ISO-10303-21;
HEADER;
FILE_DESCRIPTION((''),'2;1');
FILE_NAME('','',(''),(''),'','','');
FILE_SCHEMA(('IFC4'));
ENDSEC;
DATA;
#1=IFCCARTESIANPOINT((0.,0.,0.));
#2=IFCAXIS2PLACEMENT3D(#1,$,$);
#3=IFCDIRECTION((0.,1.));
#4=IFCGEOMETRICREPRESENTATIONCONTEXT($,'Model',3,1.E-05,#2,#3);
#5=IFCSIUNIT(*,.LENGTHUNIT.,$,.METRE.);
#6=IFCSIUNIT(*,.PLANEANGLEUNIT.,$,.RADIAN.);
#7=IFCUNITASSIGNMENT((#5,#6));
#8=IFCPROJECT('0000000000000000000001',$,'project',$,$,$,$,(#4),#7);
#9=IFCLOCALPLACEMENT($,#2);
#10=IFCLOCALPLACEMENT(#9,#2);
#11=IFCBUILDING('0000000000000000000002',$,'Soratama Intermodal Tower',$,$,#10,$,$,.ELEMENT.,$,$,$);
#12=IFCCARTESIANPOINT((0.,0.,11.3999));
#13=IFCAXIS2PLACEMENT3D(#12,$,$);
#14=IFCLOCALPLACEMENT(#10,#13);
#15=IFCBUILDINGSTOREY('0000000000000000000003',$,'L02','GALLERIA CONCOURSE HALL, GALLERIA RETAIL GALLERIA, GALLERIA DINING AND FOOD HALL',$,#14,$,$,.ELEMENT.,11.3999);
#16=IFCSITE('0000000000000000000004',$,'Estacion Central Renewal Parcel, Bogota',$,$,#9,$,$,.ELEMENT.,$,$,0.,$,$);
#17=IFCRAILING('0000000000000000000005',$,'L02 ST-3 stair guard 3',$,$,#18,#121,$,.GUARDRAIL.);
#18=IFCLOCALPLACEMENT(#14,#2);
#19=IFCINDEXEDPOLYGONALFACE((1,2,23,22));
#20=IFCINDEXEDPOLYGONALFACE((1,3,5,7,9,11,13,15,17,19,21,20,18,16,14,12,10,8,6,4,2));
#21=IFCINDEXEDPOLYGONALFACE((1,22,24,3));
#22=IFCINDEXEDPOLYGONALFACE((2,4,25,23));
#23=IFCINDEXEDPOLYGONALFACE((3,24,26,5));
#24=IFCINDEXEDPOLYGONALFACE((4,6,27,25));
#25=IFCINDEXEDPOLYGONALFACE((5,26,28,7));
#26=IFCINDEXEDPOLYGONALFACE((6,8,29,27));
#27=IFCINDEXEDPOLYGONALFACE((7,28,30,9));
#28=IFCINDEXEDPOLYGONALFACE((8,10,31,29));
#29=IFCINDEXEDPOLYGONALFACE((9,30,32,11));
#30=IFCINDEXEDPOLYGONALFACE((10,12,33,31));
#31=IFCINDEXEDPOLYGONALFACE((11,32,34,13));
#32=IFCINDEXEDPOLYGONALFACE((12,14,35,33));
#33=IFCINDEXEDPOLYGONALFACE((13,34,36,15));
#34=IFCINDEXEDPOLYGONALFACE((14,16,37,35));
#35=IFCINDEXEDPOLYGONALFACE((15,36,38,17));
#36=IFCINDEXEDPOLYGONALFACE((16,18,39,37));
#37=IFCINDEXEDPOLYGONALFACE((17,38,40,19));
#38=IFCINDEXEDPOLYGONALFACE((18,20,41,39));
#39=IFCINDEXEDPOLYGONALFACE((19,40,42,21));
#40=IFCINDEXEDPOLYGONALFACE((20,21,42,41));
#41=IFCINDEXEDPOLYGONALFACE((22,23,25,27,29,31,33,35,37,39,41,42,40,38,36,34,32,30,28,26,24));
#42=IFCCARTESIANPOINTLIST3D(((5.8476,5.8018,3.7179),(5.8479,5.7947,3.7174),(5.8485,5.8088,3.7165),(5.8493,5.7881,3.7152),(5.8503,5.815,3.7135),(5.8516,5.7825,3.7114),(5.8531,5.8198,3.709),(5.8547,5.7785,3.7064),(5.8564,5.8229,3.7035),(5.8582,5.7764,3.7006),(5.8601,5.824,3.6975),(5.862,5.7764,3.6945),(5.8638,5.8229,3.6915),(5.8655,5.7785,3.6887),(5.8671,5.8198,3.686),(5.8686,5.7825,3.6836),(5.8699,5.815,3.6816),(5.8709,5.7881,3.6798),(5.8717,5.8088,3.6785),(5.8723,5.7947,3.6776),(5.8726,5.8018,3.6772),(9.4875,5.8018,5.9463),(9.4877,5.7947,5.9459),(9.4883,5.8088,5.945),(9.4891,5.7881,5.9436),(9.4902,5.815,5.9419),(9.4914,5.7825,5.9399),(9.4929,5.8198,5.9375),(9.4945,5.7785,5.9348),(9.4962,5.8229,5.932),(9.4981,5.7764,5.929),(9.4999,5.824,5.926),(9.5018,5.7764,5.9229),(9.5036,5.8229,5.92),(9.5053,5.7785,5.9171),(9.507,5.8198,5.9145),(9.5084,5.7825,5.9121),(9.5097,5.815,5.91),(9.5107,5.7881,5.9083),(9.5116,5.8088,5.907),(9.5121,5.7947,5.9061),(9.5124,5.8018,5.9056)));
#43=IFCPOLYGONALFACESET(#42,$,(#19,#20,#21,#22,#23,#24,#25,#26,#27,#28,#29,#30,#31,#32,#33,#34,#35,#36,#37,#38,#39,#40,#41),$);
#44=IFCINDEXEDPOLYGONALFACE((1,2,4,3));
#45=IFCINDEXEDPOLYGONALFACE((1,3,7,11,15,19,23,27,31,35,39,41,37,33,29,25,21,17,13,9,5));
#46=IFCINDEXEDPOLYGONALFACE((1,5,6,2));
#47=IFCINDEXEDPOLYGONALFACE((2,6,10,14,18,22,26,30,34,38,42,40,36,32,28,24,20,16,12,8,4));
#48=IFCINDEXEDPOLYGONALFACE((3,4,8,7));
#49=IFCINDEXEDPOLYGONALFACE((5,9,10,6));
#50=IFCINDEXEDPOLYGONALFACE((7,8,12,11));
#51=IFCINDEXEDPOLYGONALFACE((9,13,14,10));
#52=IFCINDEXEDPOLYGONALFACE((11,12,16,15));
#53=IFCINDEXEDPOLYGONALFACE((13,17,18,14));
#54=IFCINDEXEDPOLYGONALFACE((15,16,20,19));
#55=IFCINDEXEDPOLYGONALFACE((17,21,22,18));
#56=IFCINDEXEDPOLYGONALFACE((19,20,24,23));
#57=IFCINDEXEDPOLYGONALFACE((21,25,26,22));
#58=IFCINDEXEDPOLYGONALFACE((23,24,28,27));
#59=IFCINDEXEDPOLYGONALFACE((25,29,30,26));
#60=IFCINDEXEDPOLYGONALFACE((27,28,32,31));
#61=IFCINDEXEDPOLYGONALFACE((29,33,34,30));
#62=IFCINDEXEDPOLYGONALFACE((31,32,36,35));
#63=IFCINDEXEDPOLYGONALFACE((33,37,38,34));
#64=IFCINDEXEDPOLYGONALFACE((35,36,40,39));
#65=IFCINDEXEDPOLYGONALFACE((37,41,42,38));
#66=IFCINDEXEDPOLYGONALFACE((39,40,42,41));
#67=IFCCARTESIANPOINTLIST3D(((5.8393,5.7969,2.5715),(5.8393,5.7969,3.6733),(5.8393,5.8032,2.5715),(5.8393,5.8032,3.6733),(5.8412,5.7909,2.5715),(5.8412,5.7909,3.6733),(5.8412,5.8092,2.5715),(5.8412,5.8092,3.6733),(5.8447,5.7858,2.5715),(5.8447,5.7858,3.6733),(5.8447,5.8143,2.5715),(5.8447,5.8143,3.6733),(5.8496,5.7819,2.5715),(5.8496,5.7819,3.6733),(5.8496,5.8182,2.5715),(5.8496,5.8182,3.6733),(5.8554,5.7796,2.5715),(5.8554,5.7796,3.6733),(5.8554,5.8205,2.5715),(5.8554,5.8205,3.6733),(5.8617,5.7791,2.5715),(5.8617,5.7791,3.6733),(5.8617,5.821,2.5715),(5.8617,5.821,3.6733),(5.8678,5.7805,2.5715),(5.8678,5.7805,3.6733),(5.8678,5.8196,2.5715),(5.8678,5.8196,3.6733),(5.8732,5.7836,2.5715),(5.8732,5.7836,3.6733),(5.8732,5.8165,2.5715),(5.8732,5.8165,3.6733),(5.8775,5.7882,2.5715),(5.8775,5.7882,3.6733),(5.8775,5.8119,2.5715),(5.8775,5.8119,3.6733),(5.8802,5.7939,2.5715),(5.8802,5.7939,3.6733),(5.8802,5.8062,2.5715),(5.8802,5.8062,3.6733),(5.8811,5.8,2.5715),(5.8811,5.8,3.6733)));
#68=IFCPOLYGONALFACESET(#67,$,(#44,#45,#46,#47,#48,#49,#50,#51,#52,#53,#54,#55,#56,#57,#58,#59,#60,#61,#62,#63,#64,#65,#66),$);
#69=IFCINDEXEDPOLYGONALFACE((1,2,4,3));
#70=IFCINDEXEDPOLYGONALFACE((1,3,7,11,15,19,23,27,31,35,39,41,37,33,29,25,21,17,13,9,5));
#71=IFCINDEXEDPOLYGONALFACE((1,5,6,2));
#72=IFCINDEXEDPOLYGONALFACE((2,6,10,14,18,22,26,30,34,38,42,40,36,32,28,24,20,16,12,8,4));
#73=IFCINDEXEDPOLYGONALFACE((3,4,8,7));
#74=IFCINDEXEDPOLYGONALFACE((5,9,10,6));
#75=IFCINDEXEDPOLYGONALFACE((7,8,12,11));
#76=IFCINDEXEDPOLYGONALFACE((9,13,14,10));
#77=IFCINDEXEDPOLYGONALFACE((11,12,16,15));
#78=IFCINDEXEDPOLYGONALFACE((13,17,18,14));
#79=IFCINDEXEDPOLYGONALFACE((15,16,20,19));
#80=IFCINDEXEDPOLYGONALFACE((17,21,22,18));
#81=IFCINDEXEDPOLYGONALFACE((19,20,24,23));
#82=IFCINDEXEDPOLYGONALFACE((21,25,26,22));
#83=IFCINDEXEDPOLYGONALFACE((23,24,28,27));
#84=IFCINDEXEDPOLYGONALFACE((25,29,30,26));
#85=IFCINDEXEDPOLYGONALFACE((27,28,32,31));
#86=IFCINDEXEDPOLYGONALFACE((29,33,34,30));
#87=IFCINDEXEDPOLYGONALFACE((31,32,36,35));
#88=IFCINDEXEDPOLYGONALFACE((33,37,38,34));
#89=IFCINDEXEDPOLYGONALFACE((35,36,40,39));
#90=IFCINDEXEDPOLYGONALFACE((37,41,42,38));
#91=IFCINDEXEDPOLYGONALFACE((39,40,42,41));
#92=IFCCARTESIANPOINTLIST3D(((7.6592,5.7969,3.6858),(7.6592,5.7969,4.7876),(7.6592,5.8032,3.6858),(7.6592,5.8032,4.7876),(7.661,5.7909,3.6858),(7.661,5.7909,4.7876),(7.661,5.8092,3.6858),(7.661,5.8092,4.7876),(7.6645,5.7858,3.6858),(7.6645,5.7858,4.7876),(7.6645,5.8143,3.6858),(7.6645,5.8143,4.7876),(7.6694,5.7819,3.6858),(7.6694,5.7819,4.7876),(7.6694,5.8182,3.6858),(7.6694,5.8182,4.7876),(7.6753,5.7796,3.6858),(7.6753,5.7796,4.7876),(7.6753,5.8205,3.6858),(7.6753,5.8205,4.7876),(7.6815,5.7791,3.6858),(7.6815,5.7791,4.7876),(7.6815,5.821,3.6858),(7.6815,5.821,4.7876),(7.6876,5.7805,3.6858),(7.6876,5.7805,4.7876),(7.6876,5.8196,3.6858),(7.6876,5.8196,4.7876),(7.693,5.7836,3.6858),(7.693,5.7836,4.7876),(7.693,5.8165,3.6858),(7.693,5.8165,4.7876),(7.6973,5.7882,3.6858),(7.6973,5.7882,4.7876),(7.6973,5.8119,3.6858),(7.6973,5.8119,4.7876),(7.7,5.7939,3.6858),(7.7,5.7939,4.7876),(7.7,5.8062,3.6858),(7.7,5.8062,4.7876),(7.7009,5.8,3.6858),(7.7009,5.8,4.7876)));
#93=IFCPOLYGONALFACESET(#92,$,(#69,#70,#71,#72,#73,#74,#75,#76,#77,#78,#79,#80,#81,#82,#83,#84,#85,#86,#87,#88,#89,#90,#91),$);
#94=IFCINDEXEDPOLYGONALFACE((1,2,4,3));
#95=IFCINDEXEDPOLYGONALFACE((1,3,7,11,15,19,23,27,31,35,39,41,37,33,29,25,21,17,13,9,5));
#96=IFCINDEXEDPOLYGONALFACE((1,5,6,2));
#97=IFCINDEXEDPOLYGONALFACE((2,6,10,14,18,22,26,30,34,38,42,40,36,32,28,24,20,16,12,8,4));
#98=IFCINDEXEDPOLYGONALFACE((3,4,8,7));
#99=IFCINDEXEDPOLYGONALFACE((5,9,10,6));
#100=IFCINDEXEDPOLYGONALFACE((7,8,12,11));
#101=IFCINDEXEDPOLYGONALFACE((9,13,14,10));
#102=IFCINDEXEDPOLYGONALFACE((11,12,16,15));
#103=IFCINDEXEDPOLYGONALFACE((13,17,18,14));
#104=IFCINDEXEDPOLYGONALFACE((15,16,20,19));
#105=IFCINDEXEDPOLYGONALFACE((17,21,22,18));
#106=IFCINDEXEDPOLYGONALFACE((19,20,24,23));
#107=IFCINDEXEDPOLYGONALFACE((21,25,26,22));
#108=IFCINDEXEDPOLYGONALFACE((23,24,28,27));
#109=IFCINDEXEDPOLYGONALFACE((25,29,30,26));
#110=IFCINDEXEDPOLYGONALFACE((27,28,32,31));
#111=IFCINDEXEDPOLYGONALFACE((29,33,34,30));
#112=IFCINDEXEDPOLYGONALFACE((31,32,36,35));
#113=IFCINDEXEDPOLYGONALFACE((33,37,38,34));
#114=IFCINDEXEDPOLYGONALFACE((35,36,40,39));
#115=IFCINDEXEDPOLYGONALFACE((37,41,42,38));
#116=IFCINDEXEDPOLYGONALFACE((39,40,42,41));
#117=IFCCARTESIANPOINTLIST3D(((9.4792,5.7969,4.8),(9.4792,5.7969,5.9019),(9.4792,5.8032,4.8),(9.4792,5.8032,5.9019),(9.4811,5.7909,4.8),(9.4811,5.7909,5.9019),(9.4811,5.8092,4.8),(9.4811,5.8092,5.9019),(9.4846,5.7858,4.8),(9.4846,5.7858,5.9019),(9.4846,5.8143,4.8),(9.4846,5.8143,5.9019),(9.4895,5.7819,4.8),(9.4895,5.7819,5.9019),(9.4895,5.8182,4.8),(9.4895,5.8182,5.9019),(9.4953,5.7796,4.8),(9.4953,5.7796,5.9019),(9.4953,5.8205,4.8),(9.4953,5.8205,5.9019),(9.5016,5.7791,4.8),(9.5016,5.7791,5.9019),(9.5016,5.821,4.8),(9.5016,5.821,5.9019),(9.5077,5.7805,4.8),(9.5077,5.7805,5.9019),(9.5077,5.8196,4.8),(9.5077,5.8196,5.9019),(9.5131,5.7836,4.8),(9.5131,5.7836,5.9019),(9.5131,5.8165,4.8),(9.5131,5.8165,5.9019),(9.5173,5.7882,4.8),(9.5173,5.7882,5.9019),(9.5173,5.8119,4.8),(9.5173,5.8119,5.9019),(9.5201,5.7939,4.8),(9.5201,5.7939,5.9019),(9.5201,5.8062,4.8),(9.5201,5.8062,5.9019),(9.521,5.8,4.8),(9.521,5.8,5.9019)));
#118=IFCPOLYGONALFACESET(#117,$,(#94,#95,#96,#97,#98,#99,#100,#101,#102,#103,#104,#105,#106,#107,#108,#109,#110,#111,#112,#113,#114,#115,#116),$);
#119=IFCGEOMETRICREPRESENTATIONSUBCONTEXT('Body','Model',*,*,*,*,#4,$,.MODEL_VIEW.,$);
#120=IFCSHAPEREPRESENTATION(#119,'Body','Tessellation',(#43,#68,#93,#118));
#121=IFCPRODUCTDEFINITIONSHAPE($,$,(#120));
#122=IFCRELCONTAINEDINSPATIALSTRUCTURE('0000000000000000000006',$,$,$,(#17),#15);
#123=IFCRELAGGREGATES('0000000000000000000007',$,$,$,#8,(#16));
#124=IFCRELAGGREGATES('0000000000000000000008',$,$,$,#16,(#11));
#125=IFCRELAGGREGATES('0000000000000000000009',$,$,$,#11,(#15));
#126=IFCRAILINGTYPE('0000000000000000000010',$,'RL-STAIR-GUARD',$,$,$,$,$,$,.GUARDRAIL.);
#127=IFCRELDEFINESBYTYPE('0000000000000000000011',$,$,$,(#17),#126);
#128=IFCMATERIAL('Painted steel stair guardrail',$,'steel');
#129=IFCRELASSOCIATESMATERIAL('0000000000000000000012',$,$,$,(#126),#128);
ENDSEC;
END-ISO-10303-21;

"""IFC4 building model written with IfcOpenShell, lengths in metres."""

from ifc_helpers import new_model, si_unit, direction, frame, origin, origin_2d, place, context, subcontext, project, spatial, circle, extrude, material, type_object, element, save


model = new_model("IFC4")

# Units and contexts
model_context = context("Model", 3, precision=1e-05, world=origin(), true_north=direction((0.0, 1.0)))
body_context = subcontext(model_context, "Body", "Model", "MODEL_VIEW")
ifc_project = project(units=[si_unit("LENGTHUNIT", "METRE"), si_unit("PLANEANGLEUNIT", "RADIAN")], contexts=[model_context])

# Site, building, storey
site_placement = place(None, origin())
site = spatial("IfcSite", under=ifc_project, at=site_placement, Name="Estacion Central Renewal Parcel, Bogota", CompositionType="ELEMENT", RefElevation=0.0)
building_placement = place(site_placement, origin())
building = spatial("IfcBuilding", under=site, at=building_placement, Name="Soratama Intermodal Tower", CompositionType="ELEMENT")
storey_placement = place(building_placement, frame((0.0, 0.0, 11.3999)))
storey = spatial("IfcBuildingStorey", under=building, at=storey_placement, Name="L02", Description="GALLERIA CONCOURSE HALL, GALLERIA RETAIL GALLERIA, GALLERIA DINING AND FOOD HALL", CompositionType="ELEMENT", Elevation=11.3999)

# Railing
ifc_material_1 = material(Name="Painted steel stair guardrail", Category="steel")
railing_type_1 = type_object("IfcRailingType", Name="RL-STAIR-GUARD", PredefinedType="GUARDRAIL", material=ifc_material_1)
railing_1_placement = place(storey_placement, frame((5.8601, 5.8, 2.5715)))
element("IfcRailing", 1, at=railing_1_placement, inside=storey, type_object=railing_type_1, Name="L02 ST-3 stair guard 3", PredefinedType="GUARDRAIL", context=body_context, shape_type="SweptSolid", body=[
    extrude(circle(Radius=0.0239, at=origin_2d()), frame((0.0, 0.0, 1.126), z_axis=(0.85285, 0.0, 0.522156), x_axis=(0.0, 1.0, 0.0)), (0.0, 0.0, 1.0), 4.2678),
    extrude(circle(Radius=0.021, at=origin_2d()), origin(), (0.0, 0.0, 1.0), 1.1018),
    extrude(circle(Radius=0.021, at=origin_2d()), frame((1.8198, 0.0, 1.1143)), (0.0, 0.0, 1.0), 1.1018),
    extrude(circle(Radius=0.021, at=origin_2d()), frame((3.6399, 0.0, 2.2285)), (0.0, 0.0, 1.0), 1.1018),
])

save(model, "model.ifc")
